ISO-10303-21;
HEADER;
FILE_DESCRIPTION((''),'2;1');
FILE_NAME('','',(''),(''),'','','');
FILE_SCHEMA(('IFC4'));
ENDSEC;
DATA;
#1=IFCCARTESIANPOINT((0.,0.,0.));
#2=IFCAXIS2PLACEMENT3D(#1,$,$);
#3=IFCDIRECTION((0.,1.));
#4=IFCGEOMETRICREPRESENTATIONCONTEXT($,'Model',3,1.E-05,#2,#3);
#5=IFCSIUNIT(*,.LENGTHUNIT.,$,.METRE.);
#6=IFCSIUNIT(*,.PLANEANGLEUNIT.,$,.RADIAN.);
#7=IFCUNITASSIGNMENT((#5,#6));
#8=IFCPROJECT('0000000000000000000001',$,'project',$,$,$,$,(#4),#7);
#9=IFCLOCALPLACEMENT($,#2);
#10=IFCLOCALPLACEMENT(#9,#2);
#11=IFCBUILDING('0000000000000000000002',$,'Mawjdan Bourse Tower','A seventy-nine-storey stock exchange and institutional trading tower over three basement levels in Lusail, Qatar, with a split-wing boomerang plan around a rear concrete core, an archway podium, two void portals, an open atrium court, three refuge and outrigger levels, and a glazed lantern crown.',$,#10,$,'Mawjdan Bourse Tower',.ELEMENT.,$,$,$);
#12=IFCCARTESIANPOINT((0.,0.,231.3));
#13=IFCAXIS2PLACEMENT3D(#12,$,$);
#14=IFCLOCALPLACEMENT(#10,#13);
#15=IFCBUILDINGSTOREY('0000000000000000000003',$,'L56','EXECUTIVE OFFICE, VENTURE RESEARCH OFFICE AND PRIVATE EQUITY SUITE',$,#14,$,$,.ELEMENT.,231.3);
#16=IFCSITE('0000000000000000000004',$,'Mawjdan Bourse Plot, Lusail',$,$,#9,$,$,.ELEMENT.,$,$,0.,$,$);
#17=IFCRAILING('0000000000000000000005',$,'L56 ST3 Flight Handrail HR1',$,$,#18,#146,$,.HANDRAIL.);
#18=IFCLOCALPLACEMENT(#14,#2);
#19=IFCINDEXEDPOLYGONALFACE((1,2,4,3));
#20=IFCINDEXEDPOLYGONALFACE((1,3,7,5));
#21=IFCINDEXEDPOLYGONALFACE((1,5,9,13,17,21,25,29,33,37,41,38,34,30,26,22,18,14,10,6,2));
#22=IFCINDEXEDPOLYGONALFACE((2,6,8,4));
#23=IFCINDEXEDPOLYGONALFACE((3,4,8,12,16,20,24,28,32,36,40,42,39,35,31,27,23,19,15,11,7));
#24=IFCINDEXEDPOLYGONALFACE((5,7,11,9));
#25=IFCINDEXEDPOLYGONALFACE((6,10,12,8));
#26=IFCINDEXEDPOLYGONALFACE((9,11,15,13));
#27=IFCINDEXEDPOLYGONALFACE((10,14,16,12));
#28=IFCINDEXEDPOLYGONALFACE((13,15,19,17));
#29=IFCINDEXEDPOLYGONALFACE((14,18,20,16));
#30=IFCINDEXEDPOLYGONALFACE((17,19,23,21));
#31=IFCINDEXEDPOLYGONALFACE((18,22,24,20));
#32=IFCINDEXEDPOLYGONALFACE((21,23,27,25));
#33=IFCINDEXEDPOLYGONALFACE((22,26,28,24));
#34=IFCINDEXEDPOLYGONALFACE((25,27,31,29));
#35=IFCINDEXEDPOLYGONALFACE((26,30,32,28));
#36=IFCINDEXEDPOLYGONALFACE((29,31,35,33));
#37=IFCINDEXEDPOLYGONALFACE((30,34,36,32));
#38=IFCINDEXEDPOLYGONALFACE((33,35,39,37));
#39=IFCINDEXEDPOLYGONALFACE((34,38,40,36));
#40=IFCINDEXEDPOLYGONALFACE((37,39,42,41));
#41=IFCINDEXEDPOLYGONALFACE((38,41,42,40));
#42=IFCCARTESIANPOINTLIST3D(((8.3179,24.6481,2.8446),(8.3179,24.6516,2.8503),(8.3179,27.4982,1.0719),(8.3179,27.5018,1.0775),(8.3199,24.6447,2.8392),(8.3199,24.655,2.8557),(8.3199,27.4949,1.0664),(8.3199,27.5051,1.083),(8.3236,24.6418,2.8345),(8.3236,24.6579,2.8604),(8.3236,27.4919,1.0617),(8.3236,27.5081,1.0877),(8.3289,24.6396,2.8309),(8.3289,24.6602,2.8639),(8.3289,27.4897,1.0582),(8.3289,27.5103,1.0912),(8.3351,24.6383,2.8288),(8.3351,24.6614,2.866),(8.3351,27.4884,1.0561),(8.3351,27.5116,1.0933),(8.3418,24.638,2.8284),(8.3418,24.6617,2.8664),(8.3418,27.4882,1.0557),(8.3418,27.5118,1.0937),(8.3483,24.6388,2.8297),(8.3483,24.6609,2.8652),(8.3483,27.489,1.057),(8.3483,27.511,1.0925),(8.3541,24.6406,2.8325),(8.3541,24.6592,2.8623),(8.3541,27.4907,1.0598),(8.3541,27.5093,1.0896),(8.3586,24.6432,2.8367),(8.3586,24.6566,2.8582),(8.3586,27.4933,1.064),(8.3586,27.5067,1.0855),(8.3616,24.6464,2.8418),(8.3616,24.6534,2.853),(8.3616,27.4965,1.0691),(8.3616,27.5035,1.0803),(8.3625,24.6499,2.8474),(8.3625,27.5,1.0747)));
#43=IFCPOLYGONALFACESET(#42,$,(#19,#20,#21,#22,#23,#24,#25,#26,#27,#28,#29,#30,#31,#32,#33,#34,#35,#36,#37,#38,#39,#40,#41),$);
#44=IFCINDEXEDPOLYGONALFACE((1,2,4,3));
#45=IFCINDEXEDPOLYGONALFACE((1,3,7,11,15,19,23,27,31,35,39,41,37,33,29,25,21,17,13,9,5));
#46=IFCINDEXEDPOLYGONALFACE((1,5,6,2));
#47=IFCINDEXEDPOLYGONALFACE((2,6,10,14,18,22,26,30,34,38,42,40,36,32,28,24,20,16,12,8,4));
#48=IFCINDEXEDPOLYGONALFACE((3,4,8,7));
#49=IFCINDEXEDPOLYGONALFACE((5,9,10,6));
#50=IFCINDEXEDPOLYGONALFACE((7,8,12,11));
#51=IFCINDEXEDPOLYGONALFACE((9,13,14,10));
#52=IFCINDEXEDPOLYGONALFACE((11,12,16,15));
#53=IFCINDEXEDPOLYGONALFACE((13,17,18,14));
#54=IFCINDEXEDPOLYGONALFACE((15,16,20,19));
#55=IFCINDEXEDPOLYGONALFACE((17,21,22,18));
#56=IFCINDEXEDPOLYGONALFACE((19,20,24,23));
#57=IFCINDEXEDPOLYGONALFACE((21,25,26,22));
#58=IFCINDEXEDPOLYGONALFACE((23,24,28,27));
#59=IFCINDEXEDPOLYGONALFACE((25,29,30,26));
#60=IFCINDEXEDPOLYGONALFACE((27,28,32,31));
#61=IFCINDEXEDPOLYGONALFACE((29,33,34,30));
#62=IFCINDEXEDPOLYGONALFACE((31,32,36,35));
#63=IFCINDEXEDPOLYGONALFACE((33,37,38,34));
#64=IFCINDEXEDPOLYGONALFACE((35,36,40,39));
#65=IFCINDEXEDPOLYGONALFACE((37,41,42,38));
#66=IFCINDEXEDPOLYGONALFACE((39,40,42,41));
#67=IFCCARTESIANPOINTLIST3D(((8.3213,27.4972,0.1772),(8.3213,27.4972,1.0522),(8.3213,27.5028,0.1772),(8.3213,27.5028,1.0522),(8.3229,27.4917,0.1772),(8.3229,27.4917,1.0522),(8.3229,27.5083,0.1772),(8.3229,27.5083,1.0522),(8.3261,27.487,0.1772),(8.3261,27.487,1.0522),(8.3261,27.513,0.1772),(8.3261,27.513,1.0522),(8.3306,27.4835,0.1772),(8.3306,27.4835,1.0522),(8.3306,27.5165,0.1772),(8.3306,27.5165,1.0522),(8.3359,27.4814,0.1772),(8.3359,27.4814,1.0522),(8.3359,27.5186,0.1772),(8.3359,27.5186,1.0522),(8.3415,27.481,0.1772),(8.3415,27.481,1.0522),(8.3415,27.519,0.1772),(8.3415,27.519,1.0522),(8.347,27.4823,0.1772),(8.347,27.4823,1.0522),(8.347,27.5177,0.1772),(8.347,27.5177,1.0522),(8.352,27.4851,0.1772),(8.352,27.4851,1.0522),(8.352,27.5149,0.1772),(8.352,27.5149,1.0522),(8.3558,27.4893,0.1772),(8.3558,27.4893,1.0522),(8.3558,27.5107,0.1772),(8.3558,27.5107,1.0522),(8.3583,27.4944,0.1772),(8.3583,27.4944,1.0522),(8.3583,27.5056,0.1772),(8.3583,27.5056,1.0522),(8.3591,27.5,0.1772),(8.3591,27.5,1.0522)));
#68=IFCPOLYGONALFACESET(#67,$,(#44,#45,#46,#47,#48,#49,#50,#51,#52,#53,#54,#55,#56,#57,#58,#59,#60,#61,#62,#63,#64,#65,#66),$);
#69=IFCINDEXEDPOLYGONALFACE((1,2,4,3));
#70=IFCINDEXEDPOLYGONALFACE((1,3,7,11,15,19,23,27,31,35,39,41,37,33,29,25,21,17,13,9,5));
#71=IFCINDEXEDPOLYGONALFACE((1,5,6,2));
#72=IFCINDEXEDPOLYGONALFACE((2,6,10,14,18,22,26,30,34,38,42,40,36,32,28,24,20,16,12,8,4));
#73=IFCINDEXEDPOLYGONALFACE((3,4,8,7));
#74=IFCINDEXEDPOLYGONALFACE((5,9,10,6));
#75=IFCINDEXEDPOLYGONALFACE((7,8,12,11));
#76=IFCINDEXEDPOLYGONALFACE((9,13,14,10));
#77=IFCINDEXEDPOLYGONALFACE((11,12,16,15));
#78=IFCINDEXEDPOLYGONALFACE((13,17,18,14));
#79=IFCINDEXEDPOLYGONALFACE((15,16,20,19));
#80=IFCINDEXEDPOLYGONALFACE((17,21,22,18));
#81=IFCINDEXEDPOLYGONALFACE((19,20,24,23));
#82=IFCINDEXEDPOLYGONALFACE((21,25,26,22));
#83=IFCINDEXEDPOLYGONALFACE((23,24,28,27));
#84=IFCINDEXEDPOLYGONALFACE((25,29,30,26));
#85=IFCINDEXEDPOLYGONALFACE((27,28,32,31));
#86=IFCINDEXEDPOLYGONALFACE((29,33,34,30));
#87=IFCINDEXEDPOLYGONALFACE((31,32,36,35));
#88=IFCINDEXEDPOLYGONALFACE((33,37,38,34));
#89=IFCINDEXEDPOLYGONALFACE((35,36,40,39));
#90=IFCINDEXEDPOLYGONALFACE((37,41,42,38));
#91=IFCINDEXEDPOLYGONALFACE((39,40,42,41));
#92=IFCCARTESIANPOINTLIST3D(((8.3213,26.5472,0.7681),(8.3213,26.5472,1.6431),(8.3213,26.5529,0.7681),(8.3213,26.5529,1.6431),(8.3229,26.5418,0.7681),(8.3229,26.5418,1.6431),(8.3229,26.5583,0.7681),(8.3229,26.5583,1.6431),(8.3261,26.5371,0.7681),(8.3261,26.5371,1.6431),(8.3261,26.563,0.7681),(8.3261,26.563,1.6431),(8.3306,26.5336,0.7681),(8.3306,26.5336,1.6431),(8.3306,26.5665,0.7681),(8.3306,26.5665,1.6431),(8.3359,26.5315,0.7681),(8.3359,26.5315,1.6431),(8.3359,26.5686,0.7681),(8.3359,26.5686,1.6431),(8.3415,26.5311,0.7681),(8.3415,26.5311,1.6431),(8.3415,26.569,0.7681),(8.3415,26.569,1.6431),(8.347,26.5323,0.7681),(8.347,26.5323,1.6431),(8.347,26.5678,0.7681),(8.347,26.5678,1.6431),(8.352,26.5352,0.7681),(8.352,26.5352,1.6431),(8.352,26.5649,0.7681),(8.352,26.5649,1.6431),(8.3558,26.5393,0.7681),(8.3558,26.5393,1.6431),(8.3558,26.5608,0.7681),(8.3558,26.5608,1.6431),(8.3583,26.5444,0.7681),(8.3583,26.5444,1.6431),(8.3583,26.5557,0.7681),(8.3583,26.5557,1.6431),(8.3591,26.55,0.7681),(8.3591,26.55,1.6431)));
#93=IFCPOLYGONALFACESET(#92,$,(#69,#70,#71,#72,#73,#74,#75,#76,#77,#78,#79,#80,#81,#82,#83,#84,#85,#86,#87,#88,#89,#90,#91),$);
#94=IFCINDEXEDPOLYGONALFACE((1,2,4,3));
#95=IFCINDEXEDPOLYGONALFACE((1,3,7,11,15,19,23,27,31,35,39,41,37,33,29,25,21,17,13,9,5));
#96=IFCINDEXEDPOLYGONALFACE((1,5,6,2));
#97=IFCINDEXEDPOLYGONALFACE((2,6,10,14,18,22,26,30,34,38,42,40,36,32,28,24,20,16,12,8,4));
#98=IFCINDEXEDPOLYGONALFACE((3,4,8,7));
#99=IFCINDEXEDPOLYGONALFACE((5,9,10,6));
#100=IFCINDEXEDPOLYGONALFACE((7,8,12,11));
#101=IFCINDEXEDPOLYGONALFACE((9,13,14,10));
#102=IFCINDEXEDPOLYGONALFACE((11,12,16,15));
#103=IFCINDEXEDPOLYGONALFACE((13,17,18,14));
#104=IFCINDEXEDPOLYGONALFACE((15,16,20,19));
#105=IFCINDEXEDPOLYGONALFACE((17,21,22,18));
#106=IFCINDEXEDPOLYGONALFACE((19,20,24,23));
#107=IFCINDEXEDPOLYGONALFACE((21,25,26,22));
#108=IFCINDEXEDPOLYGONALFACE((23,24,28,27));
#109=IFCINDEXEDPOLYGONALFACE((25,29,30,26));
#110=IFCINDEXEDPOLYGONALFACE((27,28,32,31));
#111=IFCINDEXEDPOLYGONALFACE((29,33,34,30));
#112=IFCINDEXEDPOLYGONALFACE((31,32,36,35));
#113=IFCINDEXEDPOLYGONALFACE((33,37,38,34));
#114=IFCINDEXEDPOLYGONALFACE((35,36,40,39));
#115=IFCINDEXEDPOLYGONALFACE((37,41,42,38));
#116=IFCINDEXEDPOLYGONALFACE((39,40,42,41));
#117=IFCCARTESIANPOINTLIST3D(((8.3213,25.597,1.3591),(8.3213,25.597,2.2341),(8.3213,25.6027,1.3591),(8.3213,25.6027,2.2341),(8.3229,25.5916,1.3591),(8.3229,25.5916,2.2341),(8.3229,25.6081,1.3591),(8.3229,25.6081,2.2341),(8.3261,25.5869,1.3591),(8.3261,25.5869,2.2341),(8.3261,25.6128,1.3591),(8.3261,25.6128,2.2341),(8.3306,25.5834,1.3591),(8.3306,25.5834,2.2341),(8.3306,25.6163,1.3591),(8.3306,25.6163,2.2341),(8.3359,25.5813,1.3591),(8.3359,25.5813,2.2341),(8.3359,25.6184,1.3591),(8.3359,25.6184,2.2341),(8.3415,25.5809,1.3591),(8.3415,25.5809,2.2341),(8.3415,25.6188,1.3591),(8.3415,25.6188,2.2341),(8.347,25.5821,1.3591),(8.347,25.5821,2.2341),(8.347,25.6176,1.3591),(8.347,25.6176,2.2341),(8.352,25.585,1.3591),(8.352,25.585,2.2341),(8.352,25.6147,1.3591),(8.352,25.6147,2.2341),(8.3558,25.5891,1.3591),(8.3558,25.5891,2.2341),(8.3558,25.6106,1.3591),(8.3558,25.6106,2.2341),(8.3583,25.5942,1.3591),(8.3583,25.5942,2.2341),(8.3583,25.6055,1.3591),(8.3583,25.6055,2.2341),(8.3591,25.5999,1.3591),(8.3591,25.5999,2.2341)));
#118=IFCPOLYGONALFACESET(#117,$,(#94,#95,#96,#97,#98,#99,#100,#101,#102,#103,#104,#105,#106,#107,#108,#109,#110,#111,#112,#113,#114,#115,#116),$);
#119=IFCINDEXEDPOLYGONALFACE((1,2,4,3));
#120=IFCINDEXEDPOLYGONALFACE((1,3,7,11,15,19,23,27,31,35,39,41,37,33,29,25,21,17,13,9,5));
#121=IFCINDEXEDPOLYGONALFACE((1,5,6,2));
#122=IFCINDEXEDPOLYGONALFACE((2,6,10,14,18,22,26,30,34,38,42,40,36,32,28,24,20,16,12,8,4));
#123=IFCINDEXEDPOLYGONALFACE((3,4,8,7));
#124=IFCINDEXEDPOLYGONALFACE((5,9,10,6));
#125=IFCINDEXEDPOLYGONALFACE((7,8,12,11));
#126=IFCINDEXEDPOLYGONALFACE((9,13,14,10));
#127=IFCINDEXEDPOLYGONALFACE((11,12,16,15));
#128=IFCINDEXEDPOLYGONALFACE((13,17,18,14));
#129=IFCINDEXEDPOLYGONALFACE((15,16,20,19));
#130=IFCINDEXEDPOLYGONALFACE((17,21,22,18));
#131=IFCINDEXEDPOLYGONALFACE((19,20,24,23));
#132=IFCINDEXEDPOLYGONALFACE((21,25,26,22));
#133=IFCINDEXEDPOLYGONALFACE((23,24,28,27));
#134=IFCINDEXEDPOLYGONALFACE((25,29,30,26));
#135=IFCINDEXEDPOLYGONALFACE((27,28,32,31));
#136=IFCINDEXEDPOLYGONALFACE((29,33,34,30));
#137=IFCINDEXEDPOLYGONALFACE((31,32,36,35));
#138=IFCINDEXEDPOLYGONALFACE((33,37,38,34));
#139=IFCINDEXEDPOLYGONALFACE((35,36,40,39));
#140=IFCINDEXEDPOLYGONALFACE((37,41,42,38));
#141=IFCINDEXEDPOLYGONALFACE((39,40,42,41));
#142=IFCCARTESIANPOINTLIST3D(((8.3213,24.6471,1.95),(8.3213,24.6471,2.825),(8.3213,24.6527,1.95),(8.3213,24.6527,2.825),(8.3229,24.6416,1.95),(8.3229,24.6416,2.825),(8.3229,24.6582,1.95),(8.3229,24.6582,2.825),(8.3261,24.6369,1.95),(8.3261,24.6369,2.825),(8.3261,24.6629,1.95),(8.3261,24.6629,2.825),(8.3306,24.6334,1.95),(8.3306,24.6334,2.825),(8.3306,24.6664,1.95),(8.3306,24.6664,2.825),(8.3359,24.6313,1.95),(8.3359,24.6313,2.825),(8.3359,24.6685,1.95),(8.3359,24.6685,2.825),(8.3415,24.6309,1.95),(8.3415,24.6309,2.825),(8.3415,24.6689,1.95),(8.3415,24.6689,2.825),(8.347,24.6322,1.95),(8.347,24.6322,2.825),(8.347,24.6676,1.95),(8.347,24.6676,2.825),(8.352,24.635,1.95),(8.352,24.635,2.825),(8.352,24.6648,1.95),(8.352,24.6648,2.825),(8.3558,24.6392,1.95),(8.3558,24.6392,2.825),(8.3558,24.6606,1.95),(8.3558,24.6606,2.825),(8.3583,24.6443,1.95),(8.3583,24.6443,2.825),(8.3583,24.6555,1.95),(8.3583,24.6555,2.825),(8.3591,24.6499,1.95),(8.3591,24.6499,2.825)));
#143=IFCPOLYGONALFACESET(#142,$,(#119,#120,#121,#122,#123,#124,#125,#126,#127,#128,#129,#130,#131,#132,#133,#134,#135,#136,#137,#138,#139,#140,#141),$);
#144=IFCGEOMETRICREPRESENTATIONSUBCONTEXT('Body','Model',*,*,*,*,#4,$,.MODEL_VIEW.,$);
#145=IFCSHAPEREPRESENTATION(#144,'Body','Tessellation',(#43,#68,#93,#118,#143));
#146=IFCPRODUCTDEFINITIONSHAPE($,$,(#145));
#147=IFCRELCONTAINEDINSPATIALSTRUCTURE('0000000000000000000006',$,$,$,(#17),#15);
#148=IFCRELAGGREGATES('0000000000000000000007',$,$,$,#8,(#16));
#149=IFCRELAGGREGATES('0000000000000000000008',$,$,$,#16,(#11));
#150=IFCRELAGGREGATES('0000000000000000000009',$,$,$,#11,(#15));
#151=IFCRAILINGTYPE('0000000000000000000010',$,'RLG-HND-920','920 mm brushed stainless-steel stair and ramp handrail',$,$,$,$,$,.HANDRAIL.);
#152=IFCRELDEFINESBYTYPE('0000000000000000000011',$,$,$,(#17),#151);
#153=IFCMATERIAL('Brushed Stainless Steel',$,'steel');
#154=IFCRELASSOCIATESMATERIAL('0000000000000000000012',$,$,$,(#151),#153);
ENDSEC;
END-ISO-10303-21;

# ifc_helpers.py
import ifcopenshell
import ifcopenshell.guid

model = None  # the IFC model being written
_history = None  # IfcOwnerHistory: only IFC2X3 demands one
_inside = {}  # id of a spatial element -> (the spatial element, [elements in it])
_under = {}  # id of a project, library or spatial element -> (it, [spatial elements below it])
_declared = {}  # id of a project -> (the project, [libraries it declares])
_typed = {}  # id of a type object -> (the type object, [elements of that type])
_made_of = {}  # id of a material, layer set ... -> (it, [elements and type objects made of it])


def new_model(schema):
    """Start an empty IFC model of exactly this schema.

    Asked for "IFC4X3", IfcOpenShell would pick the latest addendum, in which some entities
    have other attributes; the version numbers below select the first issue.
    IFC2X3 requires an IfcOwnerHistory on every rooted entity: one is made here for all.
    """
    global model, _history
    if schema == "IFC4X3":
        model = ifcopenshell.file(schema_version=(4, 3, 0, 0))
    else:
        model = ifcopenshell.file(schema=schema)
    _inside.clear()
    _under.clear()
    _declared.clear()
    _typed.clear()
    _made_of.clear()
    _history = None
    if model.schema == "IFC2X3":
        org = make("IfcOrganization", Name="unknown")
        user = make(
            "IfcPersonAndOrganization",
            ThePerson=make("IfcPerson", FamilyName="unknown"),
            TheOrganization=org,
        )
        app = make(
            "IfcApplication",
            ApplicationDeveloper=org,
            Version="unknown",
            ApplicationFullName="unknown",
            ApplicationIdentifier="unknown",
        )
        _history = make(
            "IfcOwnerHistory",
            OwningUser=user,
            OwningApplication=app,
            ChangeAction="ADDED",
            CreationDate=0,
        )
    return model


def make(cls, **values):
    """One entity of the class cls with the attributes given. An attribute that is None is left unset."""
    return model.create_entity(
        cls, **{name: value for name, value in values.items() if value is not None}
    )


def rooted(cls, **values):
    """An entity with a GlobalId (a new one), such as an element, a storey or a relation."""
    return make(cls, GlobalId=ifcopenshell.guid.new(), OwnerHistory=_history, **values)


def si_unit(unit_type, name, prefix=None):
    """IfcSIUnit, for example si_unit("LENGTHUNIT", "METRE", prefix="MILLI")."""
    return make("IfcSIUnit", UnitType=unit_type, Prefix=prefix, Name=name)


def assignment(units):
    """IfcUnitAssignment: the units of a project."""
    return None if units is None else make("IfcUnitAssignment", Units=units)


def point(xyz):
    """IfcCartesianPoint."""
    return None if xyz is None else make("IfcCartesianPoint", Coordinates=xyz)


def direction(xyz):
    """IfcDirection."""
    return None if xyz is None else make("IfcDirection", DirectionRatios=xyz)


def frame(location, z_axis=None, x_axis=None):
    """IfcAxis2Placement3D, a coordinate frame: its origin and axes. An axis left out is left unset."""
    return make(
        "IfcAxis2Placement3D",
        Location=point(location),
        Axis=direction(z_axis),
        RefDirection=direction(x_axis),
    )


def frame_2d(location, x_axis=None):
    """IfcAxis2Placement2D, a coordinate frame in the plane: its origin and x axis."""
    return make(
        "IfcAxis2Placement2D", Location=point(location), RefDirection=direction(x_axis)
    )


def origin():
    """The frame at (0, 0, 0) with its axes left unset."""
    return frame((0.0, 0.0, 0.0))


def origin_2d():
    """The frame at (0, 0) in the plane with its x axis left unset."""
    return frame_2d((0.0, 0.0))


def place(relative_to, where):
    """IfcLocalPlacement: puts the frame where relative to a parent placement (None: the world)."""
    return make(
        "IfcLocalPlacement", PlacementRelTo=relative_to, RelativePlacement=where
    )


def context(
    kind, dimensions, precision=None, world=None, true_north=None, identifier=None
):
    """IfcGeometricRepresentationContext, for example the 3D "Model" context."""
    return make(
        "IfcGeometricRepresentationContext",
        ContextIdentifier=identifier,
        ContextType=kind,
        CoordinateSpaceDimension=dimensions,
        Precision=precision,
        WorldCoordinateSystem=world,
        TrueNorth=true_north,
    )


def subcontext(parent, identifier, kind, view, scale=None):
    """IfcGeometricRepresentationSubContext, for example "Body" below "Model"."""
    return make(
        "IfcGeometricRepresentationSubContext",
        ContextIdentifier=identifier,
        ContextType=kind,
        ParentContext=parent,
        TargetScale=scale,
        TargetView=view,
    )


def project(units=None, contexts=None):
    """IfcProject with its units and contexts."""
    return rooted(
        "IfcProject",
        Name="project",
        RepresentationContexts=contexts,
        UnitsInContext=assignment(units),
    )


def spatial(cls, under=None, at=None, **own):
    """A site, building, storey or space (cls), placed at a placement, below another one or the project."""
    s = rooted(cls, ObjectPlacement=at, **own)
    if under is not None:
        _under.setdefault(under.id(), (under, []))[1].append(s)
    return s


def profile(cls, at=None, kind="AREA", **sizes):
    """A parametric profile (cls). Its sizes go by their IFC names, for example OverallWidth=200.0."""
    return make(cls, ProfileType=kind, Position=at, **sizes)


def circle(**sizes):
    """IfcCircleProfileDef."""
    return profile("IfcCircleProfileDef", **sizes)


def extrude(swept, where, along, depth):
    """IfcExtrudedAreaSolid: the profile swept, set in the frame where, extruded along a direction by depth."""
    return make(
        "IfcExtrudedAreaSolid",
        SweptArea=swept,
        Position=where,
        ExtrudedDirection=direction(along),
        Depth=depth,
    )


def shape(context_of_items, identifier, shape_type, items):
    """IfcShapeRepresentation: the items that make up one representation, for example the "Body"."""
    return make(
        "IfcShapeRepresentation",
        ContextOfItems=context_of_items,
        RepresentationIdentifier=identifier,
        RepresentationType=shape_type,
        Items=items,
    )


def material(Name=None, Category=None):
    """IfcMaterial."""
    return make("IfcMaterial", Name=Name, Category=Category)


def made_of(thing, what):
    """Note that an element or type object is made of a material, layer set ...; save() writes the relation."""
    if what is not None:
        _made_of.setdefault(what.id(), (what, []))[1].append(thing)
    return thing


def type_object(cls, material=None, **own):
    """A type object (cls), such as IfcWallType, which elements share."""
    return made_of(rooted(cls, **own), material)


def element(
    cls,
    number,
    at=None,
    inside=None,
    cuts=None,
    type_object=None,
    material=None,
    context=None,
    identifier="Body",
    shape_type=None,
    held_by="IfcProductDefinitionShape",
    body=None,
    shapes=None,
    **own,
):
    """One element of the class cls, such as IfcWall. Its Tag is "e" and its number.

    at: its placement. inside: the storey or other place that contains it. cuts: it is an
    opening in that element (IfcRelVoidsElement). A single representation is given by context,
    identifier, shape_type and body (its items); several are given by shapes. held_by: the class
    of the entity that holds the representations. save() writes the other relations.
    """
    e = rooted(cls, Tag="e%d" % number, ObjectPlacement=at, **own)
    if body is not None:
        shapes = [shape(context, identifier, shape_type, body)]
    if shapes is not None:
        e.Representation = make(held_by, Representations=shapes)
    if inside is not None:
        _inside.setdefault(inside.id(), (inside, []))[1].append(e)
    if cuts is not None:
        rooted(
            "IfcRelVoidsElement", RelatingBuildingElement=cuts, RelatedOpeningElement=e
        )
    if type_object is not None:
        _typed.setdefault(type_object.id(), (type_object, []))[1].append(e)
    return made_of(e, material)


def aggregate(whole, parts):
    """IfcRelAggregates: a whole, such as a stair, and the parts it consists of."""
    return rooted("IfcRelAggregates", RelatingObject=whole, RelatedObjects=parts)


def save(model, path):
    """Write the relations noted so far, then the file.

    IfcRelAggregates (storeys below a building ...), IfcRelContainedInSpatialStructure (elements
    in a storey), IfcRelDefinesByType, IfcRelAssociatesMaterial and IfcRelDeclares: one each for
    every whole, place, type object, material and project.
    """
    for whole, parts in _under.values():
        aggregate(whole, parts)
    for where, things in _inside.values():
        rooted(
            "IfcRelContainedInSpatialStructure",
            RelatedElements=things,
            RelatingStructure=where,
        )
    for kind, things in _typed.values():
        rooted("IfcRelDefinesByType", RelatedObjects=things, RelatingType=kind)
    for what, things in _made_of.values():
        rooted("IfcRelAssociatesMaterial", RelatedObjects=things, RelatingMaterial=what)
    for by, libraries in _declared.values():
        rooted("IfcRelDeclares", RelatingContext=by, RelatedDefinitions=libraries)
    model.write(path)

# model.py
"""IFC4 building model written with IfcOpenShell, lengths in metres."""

from ifc_helpers import new_model, si_unit, direction, frame, origin, origin_2d, place, context, subcontext, project, spatial, circle, extrude, material, type_object, element, save


model = new_model("IFC4")

# Units and contexts
model_context = context("Model", 3, precision=1e-05, world=origin(), true_north=direction((0.0, 1.0)))
body_context = subcontext(model_context, "Body", "Model", "MODEL_VIEW")
ifc_project = project(units=[si_unit("LENGTHUNIT", "METRE"), si_unit("PLANEANGLEUNIT", "RADIAN")], contexts=[model_context])

# Site, building, storey
site_placement = place(None, origin())
site = spatial("IfcSite", under=ifc_project, at=site_placement, Name="Mawjdan Bourse Plot, Lusail", CompositionType="ELEMENT", RefElevation=0.0)
building_placement = place(site_placement, origin())
building = spatial("IfcBuilding", under=site, at=building_placement, Name="Mawjdan Bourse Tower", Description="A seventy-nine-storey stock exchange and institutional trading tower over three basement levels in Lusail, Qatar, with a split-wing boomerang plan around a rear concrete core, an archway podium, two void portals, an open atrium court, three refuge and outrigger levels, and a glazed lantern crown.", LongName="Mawjdan Bourse Tower", CompositionType="ELEMENT")
storey_placement = place(building_placement, frame((0.0, 0.0, 231.3)))
storey = spatial("IfcBuildingStorey", under=building, at=storey_placement, Name="L56", Description="EXECUTIVE OFFICE, VENTURE RESEARCH OFFICE AND PRIVATE EQUITY SUITE", CompositionType="ELEMENT", Elevation=231.3)

# Railing
ifc_material_1 = material(Name="Brushed Stainless Steel", Category="steel")
railing_type_1 = type_object("IfcRailingType", Name="RLG-HND-920", Description="920 mm brushed stainless-steel stair and ramp handrail", PredefinedType="HANDRAIL", material=ifc_material_1)
railing_1_placement = place(storey_placement, frame((8.3401, 27.5, 0.1772)))
element("IfcRailing", 1, at=railing_1_placement, inside=storey, type_object=railing_type_1, Name="L56 ST3 Flight Handrail HR1", PredefinedType="HANDRAIL", context=body_context, shape_type="SweptSolid", body=[
    extrude(circle(Radius=0.0225, at=origin_2d()), frame((0.0, 0.0, 0.8975), z_axis=(0.0, -0.849149, 0.528154), x_axis=(1.0, 0.0, 0.0)), (0.0, 0.0, 1.0), 3.3564),
    extrude(circle(Radius=0.019, at=origin_2d()), origin(), (0.0, 0.0, 1.0), 0.875),
    extrude(circle(Radius=0.019, at=origin_2d()), frame((0.0, -0.95, 0.5908)), (0.0, 0.0, 1.0), 0.875),
    extrude(circle(Radius=0.019, at=origin_2d()), frame((0.0, -1.9001, 1.1819)), (0.0, 0.0, 1.0), 0.875),
    extrude(circle(Radius=0.019, at=origin_2d()), frame((0.0, -2.8501, 1.7727)), (0.0, 0.0, 1.0), 0.875),
])

save(model, "model.ifc")
